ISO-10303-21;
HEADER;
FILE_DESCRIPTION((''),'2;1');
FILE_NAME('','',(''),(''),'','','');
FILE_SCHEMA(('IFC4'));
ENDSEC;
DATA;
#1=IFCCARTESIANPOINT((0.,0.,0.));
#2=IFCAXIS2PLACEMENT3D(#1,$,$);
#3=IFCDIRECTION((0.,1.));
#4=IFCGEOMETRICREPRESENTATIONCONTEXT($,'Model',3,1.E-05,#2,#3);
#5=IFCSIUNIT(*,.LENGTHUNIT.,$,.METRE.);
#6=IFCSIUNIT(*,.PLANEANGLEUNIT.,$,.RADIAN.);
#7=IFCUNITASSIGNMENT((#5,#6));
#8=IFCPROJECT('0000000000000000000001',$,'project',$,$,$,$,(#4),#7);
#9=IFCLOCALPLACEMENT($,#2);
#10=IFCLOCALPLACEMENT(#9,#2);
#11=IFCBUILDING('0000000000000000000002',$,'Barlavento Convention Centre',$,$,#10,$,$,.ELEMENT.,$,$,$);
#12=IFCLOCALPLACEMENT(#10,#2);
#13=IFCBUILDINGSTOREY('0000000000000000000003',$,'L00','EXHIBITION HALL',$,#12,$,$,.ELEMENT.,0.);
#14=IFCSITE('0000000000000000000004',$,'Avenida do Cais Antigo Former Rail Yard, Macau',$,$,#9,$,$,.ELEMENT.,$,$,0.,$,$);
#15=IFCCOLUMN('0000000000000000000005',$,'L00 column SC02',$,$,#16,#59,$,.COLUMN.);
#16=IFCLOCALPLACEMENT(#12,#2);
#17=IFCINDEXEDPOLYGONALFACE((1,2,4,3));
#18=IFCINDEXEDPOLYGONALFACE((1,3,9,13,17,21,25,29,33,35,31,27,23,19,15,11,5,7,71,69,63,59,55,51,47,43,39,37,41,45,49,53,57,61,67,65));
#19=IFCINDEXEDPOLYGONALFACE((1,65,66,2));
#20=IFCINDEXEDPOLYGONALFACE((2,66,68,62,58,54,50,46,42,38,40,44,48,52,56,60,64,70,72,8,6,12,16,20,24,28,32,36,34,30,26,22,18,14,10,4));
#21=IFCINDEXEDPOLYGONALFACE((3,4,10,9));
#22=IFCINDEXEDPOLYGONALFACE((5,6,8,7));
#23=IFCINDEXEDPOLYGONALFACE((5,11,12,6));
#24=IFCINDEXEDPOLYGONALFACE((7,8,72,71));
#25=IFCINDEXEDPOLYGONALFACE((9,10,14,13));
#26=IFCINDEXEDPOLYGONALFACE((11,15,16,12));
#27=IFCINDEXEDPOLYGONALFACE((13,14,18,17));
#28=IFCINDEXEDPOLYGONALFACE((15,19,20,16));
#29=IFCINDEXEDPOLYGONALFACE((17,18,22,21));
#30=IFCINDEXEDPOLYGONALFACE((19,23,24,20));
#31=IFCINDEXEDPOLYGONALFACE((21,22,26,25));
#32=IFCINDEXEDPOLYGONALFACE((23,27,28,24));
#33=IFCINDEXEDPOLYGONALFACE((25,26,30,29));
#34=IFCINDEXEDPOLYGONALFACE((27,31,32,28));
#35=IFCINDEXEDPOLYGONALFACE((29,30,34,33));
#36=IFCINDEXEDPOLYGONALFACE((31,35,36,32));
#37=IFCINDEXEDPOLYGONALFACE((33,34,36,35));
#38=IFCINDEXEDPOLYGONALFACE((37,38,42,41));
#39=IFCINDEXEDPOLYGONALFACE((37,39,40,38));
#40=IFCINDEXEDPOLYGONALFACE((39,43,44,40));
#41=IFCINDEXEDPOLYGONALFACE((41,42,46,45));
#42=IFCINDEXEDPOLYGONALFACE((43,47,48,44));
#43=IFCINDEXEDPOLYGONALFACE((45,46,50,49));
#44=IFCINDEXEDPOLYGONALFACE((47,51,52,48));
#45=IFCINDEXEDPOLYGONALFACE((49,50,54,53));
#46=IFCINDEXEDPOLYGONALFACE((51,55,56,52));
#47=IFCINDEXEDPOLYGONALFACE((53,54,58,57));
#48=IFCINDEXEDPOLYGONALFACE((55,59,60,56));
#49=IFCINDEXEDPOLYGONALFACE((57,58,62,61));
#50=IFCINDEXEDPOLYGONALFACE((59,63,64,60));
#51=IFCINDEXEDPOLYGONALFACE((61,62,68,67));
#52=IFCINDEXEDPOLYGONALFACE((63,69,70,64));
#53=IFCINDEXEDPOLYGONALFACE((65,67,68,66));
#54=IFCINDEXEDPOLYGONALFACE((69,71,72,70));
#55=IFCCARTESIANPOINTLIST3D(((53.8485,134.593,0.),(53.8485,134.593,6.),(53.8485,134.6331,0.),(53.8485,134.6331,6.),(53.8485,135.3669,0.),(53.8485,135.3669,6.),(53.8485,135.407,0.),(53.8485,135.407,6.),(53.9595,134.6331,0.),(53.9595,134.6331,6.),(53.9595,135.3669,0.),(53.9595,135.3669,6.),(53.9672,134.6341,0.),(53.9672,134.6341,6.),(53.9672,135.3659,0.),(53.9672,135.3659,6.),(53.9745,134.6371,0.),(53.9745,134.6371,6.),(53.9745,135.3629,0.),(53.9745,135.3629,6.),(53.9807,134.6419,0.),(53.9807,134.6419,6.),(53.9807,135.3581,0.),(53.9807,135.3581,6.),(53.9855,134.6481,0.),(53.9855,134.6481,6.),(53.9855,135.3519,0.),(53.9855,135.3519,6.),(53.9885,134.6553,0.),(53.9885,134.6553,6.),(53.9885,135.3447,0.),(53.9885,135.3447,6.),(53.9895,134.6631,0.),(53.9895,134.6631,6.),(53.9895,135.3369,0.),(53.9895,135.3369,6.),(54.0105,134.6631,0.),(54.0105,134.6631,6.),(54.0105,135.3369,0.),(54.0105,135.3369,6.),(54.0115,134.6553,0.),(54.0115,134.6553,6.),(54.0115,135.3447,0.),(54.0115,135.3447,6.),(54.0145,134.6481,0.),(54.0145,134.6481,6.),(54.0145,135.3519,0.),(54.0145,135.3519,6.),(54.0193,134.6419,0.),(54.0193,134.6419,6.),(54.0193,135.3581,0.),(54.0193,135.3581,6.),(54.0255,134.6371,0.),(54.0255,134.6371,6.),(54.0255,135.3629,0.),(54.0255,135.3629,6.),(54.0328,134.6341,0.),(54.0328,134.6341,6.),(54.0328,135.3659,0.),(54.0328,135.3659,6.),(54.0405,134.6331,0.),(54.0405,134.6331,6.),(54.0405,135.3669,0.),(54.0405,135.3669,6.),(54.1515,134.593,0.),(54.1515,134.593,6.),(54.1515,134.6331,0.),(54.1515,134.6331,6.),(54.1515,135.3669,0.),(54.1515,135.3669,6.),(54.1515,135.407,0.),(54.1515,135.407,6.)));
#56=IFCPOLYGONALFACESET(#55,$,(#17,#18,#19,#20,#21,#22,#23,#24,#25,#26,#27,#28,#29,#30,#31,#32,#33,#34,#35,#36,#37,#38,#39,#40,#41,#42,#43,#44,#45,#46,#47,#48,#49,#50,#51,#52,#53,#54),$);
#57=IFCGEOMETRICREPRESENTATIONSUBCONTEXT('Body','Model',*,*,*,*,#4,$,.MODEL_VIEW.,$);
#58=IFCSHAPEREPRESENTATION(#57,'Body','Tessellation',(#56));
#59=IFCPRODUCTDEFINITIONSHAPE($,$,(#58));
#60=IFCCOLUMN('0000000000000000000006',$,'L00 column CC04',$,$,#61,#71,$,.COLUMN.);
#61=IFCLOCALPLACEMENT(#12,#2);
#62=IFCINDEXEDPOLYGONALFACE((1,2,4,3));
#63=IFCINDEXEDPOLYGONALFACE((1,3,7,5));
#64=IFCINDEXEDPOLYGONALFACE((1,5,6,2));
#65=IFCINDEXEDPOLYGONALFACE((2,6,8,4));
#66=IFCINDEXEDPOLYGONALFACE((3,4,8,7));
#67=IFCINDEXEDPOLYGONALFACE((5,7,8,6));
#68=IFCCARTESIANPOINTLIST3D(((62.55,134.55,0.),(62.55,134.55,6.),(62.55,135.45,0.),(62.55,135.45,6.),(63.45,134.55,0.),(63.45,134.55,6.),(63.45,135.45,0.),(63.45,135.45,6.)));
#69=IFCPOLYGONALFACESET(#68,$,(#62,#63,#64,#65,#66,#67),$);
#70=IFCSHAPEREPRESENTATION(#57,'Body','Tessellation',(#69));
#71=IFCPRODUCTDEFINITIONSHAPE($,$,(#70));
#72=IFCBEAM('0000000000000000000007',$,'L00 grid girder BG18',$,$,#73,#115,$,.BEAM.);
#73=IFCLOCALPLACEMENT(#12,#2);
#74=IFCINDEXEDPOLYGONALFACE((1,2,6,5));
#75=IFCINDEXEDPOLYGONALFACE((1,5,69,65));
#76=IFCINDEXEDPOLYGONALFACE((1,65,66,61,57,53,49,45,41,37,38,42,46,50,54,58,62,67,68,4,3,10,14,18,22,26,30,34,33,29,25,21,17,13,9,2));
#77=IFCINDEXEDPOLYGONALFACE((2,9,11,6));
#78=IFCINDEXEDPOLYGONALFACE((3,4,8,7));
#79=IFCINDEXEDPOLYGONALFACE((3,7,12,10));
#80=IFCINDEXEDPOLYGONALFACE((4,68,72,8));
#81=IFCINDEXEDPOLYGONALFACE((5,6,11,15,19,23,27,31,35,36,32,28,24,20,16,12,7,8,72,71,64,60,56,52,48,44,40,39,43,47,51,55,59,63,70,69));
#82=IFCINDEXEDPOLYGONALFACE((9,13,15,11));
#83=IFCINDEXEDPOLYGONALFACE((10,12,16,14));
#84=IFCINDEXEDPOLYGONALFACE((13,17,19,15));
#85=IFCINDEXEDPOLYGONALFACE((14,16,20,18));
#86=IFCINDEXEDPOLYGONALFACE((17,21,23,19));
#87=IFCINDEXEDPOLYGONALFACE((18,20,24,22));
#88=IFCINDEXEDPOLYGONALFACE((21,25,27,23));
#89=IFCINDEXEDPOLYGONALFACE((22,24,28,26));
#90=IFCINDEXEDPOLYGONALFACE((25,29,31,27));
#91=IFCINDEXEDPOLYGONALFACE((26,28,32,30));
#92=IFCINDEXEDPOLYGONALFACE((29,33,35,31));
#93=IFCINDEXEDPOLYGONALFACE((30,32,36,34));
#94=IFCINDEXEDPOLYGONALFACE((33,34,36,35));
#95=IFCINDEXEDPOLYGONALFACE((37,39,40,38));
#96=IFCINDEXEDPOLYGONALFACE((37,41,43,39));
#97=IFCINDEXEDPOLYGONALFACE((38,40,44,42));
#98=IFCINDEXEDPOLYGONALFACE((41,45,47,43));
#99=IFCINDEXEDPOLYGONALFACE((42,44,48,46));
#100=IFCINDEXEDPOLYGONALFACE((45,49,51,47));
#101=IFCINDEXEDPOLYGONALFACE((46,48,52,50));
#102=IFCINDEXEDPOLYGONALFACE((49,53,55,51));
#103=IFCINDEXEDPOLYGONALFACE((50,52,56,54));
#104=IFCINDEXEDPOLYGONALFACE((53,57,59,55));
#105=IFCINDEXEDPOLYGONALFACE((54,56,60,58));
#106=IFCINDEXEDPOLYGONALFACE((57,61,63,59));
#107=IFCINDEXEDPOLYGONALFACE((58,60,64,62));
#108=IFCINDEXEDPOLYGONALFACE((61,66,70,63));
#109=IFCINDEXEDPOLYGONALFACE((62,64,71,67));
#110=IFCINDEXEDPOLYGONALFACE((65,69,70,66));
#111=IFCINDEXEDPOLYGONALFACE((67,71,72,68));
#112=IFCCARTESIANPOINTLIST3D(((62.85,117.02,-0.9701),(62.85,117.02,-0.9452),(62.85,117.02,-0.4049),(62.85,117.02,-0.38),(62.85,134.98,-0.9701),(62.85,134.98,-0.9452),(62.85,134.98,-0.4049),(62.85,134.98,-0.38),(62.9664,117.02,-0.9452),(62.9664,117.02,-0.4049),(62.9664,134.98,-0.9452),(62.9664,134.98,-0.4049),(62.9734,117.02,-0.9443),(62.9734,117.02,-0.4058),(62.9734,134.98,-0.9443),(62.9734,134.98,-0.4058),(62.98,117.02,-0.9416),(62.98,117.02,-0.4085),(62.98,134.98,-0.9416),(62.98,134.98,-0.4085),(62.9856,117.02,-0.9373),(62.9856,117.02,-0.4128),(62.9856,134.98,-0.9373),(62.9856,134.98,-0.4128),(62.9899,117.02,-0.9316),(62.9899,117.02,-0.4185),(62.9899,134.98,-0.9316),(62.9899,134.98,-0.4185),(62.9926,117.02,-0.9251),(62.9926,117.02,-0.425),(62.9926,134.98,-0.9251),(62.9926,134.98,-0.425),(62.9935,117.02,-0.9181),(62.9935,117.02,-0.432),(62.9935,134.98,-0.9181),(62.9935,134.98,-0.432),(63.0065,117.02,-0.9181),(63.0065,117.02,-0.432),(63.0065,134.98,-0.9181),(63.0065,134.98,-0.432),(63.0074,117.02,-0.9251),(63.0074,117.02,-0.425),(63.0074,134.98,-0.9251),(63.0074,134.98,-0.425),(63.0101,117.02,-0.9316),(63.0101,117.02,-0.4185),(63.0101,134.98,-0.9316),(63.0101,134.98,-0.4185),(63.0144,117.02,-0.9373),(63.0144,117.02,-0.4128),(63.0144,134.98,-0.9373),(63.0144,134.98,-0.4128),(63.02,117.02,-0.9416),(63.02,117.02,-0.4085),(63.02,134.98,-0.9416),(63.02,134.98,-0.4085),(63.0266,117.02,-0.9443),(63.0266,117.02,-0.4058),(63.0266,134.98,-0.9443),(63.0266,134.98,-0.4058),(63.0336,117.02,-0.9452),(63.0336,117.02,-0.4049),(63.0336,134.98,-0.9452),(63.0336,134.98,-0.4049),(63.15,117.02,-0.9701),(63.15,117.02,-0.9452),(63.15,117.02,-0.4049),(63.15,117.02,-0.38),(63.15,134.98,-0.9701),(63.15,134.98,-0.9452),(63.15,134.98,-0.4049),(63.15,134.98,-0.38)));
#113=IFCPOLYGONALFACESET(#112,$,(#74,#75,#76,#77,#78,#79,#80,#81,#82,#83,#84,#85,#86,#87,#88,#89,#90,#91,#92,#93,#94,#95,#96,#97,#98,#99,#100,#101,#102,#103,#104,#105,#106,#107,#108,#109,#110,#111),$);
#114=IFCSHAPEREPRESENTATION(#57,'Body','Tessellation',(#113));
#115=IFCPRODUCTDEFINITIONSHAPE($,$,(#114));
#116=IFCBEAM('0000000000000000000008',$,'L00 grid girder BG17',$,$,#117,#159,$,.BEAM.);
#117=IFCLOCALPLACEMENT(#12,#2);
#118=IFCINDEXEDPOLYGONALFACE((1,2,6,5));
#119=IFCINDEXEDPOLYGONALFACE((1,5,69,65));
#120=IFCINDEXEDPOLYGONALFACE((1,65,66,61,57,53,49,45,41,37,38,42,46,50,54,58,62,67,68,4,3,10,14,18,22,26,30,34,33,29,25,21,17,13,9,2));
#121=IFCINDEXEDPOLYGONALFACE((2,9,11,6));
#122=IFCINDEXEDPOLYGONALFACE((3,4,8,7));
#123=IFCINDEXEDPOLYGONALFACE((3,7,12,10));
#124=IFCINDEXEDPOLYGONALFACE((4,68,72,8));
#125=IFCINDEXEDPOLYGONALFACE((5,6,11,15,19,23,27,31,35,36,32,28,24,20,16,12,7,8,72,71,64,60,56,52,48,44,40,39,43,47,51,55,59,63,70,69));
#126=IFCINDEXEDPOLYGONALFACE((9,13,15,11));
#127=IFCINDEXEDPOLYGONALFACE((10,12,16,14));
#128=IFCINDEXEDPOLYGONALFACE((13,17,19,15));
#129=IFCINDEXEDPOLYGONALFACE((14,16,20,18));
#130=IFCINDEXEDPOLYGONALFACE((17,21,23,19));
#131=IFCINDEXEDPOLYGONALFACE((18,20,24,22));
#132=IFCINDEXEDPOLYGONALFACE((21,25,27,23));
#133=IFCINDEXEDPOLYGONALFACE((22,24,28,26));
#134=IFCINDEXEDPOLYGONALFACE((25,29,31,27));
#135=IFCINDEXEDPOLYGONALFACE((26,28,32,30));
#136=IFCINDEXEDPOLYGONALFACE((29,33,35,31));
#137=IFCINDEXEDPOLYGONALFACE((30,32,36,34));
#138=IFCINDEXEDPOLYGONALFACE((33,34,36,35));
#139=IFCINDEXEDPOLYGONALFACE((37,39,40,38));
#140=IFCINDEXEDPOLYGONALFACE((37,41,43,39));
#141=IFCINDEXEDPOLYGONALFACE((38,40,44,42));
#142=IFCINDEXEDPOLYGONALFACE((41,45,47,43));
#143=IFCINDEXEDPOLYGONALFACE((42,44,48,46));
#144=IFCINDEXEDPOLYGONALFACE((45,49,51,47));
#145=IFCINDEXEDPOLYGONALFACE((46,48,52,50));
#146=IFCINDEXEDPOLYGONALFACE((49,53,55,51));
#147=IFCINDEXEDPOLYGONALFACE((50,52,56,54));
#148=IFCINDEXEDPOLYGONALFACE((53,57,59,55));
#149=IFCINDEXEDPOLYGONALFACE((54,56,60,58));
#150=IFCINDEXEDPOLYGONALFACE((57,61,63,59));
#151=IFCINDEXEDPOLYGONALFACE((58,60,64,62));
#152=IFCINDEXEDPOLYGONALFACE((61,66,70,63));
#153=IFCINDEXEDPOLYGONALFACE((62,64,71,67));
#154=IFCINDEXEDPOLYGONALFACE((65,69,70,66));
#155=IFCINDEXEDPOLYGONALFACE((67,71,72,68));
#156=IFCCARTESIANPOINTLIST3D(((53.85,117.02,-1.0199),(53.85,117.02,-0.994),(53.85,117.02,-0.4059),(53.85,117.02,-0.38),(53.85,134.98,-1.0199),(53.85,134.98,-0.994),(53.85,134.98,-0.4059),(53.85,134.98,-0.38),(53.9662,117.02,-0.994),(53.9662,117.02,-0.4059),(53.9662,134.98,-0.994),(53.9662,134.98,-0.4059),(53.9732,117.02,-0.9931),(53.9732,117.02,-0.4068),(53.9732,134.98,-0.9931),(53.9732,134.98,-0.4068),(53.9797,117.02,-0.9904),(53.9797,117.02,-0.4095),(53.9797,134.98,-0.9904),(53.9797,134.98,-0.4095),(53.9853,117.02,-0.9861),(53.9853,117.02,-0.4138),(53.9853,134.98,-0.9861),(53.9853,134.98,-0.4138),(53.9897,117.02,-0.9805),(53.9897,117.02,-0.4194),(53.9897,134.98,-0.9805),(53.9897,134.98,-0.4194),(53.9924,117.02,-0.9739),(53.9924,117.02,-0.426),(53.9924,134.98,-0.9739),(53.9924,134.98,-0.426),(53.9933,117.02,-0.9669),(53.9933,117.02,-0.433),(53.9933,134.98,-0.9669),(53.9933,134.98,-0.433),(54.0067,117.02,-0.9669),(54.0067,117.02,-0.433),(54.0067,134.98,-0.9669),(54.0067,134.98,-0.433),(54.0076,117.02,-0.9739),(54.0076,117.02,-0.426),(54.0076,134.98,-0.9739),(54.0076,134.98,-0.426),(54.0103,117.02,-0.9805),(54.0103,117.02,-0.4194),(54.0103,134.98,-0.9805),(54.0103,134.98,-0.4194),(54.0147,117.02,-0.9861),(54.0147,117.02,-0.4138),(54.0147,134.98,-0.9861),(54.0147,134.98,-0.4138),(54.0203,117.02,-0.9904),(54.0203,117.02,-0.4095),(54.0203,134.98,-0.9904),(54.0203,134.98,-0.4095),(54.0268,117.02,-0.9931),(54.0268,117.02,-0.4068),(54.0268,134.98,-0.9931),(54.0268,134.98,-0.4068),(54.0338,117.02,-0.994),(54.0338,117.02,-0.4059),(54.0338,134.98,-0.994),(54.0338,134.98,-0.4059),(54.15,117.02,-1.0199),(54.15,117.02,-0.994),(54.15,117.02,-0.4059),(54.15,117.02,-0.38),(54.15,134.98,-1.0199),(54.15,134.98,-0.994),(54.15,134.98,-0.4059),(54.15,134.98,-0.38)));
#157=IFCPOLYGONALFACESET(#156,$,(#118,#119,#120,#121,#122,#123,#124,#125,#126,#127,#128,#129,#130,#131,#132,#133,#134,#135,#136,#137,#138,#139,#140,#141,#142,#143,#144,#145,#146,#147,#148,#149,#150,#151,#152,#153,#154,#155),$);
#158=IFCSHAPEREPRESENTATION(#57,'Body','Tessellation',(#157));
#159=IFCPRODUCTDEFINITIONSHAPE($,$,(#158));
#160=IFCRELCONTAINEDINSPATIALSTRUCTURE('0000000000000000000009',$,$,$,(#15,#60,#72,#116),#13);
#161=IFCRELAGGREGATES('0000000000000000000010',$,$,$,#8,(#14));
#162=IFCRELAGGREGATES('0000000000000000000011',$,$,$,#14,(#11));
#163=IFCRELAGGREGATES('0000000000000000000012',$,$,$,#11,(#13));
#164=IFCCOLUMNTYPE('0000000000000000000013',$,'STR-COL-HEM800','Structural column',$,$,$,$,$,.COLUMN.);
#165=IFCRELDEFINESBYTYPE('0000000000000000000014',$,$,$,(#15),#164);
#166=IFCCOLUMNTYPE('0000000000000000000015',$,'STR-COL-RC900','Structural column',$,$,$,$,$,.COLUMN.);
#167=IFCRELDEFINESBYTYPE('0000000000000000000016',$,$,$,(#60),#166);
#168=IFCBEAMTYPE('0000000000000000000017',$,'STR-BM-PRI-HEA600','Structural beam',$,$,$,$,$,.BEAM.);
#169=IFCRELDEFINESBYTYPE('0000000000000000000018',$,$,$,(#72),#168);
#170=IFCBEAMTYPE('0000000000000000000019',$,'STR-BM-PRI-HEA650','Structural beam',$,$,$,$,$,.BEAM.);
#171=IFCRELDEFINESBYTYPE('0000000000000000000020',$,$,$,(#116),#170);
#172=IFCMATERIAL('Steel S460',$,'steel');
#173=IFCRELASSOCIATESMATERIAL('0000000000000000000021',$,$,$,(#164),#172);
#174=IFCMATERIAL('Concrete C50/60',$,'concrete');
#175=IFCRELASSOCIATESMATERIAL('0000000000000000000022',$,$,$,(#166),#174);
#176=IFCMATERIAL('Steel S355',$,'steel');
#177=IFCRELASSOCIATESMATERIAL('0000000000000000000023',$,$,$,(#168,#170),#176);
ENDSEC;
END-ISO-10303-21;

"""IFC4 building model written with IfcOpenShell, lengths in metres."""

from ifc_helpers import new_model, si_unit, direction, frame, origin, origin_2d, place, context, subcontext, project, spatial, rectangle, i_section, extrude, material, material_profile, profile_set, type_object, element, save


model = new_model("IFC4")

# Units and contexts
model_context = context("Model", 3, precision=1e-05, world=origin(), true_north=direction((0.0, 1.0)))
body_context = subcontext(model_context, "Body", "Model", "MODEL_VIEW")
ifc_project = project(units=[si_unit("LENGTHUNIT", "METRE"), si_unit("PLANEANGLEUNIT", "RADIAN")], contexts=[model_context])

# Site, building, storey
site_placement = place(None, origin())
site = spatial("IfcSite", under=ifc_project, at=site_placement, Name="Avenida do Cais Antigo Former Rail Yard, Macau", CompositionType="ELEMENT", RefElevation=0.0)
building_placement = place(site_placement, origin())
building = spatial("IfcBuilding", under=site, at=building_placement, Name="Barlavento Convention Centre", CompositionType="ELEMENT")
storey_placement = place(building_placement, origin())
storey = spatial("IfcBuildingStorey", under=building, at=storey_placement, Name="L00", Description="EXHIBITION HALL", CompositionType="ELEMENT", Elevation=0.0)

# Columns
ifc_material_1 = material(Name="Steel S460", Category="steel")
ifc_material_profile_1 = material_profile(ifc_material_1, i_section(OverallWidth=0.303, OverallDepth=0.814, WebThickness=0.021, FlangeThickness=0.04, FilletRadius=0.03, at=origin_2d()), Name="HEM 800")
ifc_profile_set_1 = profile_set([ifc_material_profile_1], Name="Steel S460")
column_type_1 = type_object("IfcColumnType", Name="STR-COL-HEM800", Description="Structural column", PredefinedType="COLUMN", material=ifc_profile_set_1)
column_1_placement = place(storey_placement, frame((54.0, 135.0, 0.0), z_axis=(0.0, 0.0, 1.0), x_axis=(1.0, 0.0, 0.0)))
element("IfcColumn", 1, at=column_1_placement, inside=storey, type_object=column_type_1, Name="L00 column SC02", PredefinedType="COLUMN", context=body_context, shape_type="SweptSolid", body=[
    extrude(i_section(OverallWidth=0.303, OverallDepth=0.814, WebThickness=0.021, FlangeThickness=0.04, FilletRadius=0.03, at=origin_2d()), origin(), (0.0, 0.0, 1.0), 6.0),
])
ifc_material_2 = material(Name="Concrete C50/60", Category="concrete")
ifc_material_profile_2 = material_profile(ifc_material_2, rectangle(XDim=0.8999, YDim=0.8999, at=origin_2d()), Name="RC 900x900")
ifc_profile_set_2 = profile_set([ifc_material_profile_2], Name="Concrete C50/60")
column_type_2 = type_object("IfcColumnType", Name="STR-COL-RC900", Description="Structural column", PredefinedType="COLUMN", material=ifc_profile_set_2)
column_2_placement = place(storey_placement, frame((63.0, 135.0, 0.0), z_axis=(0.0, 0.0, 1.0), x_axis=(1.0, 0.0, 0.0)))
element("IfcColumn", 2, at=column_2_placement, inside=storey, type_object=column_type_2, Name="L00 column CC04", PredefinedType="COLUMN", context=body_context, shape_type="SweptSolid", body=[
    extrude(rectangle(XDim=0.8999, YDim=0.8999, at=origin_2d()), origin(), (0.0, 0.0, 1.0), 6.0),
])

# Beams
ifc_material_3 = material(Name="Steel S355", Category="steel")
ifc_material_profile_3 = material_profile(ifc_material_3, i_section(OverallWidth=0.3, OverallDepth=0.5901, WebThickness=0.0129, FlangeThickness=0.0249, FilletRadius=0.0271, at=origin_2d()), Name="HEA 600")
ifc_profile_set_3 = profile_set([ifc_material_profile_3], Name="Steel S355")
beam_type_1 = type_object("IfcBeamType", Name="STR-BM-PRI-HEA600", Description="Structural beam", PredefinedType="BEAM", material=ifc_profile_set_3)
beam_1_placement = place(storey_placement, frame((63.0, 117.02, -0.675), z_axis=(0.0, 1.0, 0.0), x_axis=(-1.0, 0.0, 0.0)))
element("IfcBeam", 3, at=beam_1_placement, inside=storey, type_object=beam_type_1, Name="L00 grid girder BG18", PredefinedType="BEAM", context=body_context, shape_type="SweptSolid", body=[
    extrude(i_section(OverallWidth=0.3, OverallDepth=0.5901, WebThickness=0.0129, FlangeThickness=0.0249, FilletRadius=0.0271, at=origin_2d()), origin(), (0.0, 0.0, 1.0), 17.96),
])
ifc_material_profile_4 = material_profile(ifc_material_3, i_section(OverallWidth=0.3, OverallDepth=0.6399, WebThickness=0.0134, FlangeThickness=0.0259, FilletRadius=0.0271, at=origin_2d()), Name="HEA 650")
ifc_profile_set_4 = profile_set([ifc_material_profile_4], Name="Steel S355")
beam_type_2 = type_object("IfcBeamType", Name="STR-BM-PRI-HEA650", Description="Structural beam", PredefinedType="BEAM", material=ifc_profile_set_4)
beam_2_placement = place(storey_placement, frame((54.0, 117.02, -0.7), z_axis=(0.0, 1.0, 0.0), x_axis=(-1.0, 0.0, 0.0)))
element("IfcBeam", 4, at=beam_2_placement, inside=storey, type_object=beam_type_2, Name="L00 grid girder BG17", PredefinedType="BEAM", context=body_context, shape_type="SweptSolid", body=[
    extrude(i_section(OverallWidth=0.3, OverallDepth=0.6399, WebThickness=0.0134, FlangeThickness=0.0259, FilletRadius=0.0271, at=origin_2d()), origin(), (0.0, 0.0, 1.0), 17.96),
])

save(model, "model.ifc")
